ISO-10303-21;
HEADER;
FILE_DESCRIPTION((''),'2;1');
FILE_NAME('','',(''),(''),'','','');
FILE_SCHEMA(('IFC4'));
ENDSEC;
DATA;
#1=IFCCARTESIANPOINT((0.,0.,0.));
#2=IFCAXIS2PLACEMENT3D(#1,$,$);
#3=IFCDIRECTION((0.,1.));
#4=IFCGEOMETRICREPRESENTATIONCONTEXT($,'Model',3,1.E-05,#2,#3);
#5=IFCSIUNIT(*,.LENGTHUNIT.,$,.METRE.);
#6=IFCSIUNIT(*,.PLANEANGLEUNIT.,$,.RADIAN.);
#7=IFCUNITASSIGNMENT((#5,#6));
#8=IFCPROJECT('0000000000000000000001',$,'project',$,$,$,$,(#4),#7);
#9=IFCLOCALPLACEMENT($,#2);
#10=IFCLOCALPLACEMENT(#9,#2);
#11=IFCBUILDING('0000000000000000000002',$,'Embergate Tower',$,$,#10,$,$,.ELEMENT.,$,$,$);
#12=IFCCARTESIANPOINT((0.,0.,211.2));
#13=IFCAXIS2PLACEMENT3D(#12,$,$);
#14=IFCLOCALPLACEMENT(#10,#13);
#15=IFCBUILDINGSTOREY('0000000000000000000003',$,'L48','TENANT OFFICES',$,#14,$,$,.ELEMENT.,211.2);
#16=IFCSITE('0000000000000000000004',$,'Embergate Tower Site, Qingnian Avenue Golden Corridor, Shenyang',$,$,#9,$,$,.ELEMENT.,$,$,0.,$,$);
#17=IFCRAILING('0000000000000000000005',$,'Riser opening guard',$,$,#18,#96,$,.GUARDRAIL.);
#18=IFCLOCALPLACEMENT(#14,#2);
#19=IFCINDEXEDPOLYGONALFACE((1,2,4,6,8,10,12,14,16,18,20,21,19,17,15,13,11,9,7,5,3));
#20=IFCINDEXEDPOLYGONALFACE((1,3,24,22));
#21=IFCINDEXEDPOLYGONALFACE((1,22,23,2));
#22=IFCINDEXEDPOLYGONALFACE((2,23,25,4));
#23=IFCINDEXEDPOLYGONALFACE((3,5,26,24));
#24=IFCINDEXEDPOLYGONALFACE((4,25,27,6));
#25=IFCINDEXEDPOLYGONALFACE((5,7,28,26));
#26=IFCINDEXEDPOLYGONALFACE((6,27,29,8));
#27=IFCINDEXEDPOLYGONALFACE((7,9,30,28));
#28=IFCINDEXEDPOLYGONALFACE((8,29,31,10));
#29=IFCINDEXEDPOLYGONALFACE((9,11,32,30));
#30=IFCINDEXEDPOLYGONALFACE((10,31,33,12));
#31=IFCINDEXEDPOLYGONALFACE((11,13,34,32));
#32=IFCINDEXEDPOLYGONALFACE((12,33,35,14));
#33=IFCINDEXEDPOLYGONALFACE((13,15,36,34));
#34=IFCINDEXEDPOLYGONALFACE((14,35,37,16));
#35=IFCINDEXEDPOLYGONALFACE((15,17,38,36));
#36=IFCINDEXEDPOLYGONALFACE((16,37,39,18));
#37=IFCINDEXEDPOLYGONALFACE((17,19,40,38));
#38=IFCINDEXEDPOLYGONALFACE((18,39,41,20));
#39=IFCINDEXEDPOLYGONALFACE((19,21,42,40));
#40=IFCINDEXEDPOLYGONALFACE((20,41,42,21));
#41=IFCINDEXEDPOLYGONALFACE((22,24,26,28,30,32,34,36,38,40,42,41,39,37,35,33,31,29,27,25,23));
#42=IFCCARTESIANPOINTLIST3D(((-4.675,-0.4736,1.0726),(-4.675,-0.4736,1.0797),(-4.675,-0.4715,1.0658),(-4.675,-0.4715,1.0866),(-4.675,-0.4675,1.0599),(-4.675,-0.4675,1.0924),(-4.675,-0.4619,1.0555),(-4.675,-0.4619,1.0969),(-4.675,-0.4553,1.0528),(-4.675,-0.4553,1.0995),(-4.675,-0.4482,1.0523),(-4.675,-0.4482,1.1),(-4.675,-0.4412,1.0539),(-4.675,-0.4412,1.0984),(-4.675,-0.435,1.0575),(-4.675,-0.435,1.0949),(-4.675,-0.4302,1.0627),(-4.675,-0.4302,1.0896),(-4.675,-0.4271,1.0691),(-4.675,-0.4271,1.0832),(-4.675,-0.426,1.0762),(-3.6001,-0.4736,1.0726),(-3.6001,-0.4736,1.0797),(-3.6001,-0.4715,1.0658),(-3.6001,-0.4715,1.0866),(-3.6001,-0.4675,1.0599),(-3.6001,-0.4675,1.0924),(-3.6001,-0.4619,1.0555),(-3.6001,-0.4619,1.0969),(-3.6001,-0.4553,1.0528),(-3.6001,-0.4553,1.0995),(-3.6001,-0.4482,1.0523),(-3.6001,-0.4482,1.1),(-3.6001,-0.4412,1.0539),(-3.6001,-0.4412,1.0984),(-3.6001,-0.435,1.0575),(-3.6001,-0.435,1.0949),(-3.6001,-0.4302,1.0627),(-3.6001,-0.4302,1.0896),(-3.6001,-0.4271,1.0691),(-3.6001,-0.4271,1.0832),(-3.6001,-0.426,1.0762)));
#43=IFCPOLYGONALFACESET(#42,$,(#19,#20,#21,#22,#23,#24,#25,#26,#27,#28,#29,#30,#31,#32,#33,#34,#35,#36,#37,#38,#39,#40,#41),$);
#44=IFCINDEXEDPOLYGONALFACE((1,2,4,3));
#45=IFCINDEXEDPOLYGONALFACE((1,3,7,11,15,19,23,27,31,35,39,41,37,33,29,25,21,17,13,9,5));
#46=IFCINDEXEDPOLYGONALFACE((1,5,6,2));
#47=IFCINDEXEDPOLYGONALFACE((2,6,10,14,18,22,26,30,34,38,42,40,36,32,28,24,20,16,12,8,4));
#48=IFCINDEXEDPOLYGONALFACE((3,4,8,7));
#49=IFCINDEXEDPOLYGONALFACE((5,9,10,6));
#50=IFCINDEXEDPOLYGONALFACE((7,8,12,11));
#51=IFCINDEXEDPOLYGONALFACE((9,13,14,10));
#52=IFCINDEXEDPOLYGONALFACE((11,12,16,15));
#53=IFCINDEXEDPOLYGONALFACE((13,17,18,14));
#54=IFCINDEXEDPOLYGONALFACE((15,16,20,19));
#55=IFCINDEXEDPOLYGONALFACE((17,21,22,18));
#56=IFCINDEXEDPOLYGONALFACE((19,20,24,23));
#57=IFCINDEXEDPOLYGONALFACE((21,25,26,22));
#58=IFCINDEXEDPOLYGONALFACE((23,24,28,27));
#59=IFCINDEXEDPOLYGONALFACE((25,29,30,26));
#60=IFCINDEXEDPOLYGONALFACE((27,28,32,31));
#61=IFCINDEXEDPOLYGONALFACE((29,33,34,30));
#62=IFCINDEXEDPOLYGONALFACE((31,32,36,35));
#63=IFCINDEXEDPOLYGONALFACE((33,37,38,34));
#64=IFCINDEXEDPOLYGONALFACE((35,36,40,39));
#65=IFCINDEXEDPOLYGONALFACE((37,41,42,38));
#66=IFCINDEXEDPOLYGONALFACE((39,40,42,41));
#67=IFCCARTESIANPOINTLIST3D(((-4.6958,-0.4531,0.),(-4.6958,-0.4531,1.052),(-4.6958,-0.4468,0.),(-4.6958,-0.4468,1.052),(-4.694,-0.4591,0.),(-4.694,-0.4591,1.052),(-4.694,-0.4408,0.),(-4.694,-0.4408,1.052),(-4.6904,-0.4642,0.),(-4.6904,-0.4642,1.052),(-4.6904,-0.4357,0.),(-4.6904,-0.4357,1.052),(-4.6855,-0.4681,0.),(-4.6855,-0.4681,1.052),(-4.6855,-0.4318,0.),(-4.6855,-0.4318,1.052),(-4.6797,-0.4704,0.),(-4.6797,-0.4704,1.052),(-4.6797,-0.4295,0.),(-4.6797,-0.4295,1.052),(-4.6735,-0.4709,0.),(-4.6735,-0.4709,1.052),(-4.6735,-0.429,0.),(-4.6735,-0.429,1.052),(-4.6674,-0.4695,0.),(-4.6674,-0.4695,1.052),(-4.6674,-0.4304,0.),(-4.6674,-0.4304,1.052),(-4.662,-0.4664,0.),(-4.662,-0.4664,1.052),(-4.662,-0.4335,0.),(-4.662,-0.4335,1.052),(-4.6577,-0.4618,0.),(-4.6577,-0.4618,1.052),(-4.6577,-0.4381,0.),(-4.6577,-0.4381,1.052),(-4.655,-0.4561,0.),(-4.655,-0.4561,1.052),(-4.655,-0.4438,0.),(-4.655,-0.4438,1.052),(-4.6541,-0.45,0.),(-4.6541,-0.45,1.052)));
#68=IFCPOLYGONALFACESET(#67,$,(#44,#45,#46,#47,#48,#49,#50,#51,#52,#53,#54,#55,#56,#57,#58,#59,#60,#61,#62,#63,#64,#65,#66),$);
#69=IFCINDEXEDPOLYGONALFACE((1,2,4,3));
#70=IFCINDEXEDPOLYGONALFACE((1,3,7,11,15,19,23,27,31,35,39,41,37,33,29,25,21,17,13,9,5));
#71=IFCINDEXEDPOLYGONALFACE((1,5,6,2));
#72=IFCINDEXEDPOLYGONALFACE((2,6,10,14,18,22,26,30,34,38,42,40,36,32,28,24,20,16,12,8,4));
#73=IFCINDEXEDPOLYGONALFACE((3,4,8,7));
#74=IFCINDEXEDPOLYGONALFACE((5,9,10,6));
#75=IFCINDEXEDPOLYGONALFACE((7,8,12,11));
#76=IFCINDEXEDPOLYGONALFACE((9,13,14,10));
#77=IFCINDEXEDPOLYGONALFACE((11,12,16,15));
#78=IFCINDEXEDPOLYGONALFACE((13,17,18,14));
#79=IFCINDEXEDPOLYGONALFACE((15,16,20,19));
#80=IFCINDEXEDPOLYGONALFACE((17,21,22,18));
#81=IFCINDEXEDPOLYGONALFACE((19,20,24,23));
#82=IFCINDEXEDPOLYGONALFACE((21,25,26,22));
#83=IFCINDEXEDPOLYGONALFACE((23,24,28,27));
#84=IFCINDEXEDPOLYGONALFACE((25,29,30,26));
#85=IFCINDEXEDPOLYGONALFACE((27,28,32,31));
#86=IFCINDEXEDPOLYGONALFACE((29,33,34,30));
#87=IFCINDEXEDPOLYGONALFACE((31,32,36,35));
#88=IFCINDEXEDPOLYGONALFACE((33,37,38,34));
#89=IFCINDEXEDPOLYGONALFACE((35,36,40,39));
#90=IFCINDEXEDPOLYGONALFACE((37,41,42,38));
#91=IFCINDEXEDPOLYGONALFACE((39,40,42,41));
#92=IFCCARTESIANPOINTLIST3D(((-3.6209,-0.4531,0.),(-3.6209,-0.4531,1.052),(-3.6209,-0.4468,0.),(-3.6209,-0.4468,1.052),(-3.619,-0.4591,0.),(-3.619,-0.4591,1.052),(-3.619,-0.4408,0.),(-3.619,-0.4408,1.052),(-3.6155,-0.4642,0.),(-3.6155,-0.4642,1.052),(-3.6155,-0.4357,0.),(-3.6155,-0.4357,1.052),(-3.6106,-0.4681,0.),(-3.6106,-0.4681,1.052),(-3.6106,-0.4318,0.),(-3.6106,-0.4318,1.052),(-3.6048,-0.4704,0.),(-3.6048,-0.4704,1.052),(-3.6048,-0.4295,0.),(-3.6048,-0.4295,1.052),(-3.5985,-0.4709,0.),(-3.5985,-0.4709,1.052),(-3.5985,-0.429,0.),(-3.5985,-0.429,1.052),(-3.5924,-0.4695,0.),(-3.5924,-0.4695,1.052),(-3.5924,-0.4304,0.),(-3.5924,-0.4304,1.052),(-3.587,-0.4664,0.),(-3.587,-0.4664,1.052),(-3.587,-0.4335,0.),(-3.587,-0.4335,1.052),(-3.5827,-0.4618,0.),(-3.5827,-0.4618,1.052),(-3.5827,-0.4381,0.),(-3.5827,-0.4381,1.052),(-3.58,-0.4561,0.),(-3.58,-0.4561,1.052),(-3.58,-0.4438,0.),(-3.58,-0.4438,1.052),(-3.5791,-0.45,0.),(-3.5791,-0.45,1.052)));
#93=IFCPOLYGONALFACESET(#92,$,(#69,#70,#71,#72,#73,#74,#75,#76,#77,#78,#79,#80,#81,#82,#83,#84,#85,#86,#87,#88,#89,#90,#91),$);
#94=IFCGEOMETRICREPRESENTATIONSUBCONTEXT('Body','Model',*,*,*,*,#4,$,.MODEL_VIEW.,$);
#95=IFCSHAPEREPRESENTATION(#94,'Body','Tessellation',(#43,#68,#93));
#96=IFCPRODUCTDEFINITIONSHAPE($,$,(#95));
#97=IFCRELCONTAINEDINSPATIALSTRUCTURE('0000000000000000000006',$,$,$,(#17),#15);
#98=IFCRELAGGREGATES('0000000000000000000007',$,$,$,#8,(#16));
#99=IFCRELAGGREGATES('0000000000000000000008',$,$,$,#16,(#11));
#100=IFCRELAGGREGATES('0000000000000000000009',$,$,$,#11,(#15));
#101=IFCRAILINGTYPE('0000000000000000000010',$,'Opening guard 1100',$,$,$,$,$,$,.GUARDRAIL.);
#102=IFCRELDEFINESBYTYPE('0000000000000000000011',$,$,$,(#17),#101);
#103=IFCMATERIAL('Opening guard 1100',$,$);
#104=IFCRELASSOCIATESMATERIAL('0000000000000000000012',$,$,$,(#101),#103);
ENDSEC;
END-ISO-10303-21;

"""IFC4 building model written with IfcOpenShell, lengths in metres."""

from ifc_helpers import new_model, si_unit, direction, frame, origin, origin_2d, place, context, subcontext, project, spatial, circle, extrude, source, transform, mapped, material, type_object, element, save


model = new_model("IFC4")

# Units and contexts
model_context = context("Model", 3, precision=1e-05, world=origin(), true_north=direction((0.0, 1.0)))
body_context = subcontext(model_context, "Body", "Model", "MODEL_VIEW")
ifc_project = project(units=[si_unit("LENGTHUNIT", "METRE"), si_unit("PLANEANGLEUNIT", "RADIAN")], contexts=[model_context])

# Site, building, storey
site_placement = place(None, origin())
site = spatial("IfcSite", under=ifc_project, at=site_placement, Name="Embergate Tower Site, Qingnian Avenue Golden Corridor, Shenyang", CompositionType="ELEMENT", RefElevation=0.0)
building_placement = place(site_placement, origin())
building = spatial("IfcBuilding", under=site, at=building_placement, Name="Embergate Tower", CompositionType="ELEMENT")
storey_placement = place(building_placement, frame((0.0, 0.0, 211.2)))
storey = spatial("IfcBuildingStorey", under=building, at=storey_placement, Name="L48", Description="TENANT OFFICES", CompositionType="ELEMENT", Elevation=211.2)

# Railing
ifc_material_1 = material(Name="Opening guard 1100")
railing_type_1 = type_object("IfcRailingType", Name="Opening guard 1100", PredefinedType="GUARDRAIL", material=ifc_material_1)
shared_shape_1 = source(origin(), body_context, "Body", "SweptSolid", [
    extrude(circle(Radius=0.0239, at=origin_2d()), frame((0.0, 0.0, 1.0762), z_axis=(1.0, 0.0, 0.0), x_axis=(0.0, 1.0, 0.0)), (0.0, 0.0, 1.0), 1.075),
    extrude(circle(Radius=0.021, at=origin_2d()), origin(), (0.0, 0.0, 1.0), 1.052),
    extrude(circle(Radius=0.021, at=origin_2d()), frame((1.075, 0.0, 0.0)), (0.0, 0.0, 1.0), 1.052),
])
railing_1_placement = place(storey_placement, frame((-4.675, -0.45, 0.0)))
element("IfcRailing", 1, at=railing_1_placement, inside=storey, type_object=railing_type_1, Name="Riser opening guard", PredefinedType="GUARDRAIL", context=body_context, shape_type="MappedRepresentation", body=[
    mapped(shared_shape_1, transform((0.0, 0.0, 0.0))),
])

save(model, "model.ifc")
